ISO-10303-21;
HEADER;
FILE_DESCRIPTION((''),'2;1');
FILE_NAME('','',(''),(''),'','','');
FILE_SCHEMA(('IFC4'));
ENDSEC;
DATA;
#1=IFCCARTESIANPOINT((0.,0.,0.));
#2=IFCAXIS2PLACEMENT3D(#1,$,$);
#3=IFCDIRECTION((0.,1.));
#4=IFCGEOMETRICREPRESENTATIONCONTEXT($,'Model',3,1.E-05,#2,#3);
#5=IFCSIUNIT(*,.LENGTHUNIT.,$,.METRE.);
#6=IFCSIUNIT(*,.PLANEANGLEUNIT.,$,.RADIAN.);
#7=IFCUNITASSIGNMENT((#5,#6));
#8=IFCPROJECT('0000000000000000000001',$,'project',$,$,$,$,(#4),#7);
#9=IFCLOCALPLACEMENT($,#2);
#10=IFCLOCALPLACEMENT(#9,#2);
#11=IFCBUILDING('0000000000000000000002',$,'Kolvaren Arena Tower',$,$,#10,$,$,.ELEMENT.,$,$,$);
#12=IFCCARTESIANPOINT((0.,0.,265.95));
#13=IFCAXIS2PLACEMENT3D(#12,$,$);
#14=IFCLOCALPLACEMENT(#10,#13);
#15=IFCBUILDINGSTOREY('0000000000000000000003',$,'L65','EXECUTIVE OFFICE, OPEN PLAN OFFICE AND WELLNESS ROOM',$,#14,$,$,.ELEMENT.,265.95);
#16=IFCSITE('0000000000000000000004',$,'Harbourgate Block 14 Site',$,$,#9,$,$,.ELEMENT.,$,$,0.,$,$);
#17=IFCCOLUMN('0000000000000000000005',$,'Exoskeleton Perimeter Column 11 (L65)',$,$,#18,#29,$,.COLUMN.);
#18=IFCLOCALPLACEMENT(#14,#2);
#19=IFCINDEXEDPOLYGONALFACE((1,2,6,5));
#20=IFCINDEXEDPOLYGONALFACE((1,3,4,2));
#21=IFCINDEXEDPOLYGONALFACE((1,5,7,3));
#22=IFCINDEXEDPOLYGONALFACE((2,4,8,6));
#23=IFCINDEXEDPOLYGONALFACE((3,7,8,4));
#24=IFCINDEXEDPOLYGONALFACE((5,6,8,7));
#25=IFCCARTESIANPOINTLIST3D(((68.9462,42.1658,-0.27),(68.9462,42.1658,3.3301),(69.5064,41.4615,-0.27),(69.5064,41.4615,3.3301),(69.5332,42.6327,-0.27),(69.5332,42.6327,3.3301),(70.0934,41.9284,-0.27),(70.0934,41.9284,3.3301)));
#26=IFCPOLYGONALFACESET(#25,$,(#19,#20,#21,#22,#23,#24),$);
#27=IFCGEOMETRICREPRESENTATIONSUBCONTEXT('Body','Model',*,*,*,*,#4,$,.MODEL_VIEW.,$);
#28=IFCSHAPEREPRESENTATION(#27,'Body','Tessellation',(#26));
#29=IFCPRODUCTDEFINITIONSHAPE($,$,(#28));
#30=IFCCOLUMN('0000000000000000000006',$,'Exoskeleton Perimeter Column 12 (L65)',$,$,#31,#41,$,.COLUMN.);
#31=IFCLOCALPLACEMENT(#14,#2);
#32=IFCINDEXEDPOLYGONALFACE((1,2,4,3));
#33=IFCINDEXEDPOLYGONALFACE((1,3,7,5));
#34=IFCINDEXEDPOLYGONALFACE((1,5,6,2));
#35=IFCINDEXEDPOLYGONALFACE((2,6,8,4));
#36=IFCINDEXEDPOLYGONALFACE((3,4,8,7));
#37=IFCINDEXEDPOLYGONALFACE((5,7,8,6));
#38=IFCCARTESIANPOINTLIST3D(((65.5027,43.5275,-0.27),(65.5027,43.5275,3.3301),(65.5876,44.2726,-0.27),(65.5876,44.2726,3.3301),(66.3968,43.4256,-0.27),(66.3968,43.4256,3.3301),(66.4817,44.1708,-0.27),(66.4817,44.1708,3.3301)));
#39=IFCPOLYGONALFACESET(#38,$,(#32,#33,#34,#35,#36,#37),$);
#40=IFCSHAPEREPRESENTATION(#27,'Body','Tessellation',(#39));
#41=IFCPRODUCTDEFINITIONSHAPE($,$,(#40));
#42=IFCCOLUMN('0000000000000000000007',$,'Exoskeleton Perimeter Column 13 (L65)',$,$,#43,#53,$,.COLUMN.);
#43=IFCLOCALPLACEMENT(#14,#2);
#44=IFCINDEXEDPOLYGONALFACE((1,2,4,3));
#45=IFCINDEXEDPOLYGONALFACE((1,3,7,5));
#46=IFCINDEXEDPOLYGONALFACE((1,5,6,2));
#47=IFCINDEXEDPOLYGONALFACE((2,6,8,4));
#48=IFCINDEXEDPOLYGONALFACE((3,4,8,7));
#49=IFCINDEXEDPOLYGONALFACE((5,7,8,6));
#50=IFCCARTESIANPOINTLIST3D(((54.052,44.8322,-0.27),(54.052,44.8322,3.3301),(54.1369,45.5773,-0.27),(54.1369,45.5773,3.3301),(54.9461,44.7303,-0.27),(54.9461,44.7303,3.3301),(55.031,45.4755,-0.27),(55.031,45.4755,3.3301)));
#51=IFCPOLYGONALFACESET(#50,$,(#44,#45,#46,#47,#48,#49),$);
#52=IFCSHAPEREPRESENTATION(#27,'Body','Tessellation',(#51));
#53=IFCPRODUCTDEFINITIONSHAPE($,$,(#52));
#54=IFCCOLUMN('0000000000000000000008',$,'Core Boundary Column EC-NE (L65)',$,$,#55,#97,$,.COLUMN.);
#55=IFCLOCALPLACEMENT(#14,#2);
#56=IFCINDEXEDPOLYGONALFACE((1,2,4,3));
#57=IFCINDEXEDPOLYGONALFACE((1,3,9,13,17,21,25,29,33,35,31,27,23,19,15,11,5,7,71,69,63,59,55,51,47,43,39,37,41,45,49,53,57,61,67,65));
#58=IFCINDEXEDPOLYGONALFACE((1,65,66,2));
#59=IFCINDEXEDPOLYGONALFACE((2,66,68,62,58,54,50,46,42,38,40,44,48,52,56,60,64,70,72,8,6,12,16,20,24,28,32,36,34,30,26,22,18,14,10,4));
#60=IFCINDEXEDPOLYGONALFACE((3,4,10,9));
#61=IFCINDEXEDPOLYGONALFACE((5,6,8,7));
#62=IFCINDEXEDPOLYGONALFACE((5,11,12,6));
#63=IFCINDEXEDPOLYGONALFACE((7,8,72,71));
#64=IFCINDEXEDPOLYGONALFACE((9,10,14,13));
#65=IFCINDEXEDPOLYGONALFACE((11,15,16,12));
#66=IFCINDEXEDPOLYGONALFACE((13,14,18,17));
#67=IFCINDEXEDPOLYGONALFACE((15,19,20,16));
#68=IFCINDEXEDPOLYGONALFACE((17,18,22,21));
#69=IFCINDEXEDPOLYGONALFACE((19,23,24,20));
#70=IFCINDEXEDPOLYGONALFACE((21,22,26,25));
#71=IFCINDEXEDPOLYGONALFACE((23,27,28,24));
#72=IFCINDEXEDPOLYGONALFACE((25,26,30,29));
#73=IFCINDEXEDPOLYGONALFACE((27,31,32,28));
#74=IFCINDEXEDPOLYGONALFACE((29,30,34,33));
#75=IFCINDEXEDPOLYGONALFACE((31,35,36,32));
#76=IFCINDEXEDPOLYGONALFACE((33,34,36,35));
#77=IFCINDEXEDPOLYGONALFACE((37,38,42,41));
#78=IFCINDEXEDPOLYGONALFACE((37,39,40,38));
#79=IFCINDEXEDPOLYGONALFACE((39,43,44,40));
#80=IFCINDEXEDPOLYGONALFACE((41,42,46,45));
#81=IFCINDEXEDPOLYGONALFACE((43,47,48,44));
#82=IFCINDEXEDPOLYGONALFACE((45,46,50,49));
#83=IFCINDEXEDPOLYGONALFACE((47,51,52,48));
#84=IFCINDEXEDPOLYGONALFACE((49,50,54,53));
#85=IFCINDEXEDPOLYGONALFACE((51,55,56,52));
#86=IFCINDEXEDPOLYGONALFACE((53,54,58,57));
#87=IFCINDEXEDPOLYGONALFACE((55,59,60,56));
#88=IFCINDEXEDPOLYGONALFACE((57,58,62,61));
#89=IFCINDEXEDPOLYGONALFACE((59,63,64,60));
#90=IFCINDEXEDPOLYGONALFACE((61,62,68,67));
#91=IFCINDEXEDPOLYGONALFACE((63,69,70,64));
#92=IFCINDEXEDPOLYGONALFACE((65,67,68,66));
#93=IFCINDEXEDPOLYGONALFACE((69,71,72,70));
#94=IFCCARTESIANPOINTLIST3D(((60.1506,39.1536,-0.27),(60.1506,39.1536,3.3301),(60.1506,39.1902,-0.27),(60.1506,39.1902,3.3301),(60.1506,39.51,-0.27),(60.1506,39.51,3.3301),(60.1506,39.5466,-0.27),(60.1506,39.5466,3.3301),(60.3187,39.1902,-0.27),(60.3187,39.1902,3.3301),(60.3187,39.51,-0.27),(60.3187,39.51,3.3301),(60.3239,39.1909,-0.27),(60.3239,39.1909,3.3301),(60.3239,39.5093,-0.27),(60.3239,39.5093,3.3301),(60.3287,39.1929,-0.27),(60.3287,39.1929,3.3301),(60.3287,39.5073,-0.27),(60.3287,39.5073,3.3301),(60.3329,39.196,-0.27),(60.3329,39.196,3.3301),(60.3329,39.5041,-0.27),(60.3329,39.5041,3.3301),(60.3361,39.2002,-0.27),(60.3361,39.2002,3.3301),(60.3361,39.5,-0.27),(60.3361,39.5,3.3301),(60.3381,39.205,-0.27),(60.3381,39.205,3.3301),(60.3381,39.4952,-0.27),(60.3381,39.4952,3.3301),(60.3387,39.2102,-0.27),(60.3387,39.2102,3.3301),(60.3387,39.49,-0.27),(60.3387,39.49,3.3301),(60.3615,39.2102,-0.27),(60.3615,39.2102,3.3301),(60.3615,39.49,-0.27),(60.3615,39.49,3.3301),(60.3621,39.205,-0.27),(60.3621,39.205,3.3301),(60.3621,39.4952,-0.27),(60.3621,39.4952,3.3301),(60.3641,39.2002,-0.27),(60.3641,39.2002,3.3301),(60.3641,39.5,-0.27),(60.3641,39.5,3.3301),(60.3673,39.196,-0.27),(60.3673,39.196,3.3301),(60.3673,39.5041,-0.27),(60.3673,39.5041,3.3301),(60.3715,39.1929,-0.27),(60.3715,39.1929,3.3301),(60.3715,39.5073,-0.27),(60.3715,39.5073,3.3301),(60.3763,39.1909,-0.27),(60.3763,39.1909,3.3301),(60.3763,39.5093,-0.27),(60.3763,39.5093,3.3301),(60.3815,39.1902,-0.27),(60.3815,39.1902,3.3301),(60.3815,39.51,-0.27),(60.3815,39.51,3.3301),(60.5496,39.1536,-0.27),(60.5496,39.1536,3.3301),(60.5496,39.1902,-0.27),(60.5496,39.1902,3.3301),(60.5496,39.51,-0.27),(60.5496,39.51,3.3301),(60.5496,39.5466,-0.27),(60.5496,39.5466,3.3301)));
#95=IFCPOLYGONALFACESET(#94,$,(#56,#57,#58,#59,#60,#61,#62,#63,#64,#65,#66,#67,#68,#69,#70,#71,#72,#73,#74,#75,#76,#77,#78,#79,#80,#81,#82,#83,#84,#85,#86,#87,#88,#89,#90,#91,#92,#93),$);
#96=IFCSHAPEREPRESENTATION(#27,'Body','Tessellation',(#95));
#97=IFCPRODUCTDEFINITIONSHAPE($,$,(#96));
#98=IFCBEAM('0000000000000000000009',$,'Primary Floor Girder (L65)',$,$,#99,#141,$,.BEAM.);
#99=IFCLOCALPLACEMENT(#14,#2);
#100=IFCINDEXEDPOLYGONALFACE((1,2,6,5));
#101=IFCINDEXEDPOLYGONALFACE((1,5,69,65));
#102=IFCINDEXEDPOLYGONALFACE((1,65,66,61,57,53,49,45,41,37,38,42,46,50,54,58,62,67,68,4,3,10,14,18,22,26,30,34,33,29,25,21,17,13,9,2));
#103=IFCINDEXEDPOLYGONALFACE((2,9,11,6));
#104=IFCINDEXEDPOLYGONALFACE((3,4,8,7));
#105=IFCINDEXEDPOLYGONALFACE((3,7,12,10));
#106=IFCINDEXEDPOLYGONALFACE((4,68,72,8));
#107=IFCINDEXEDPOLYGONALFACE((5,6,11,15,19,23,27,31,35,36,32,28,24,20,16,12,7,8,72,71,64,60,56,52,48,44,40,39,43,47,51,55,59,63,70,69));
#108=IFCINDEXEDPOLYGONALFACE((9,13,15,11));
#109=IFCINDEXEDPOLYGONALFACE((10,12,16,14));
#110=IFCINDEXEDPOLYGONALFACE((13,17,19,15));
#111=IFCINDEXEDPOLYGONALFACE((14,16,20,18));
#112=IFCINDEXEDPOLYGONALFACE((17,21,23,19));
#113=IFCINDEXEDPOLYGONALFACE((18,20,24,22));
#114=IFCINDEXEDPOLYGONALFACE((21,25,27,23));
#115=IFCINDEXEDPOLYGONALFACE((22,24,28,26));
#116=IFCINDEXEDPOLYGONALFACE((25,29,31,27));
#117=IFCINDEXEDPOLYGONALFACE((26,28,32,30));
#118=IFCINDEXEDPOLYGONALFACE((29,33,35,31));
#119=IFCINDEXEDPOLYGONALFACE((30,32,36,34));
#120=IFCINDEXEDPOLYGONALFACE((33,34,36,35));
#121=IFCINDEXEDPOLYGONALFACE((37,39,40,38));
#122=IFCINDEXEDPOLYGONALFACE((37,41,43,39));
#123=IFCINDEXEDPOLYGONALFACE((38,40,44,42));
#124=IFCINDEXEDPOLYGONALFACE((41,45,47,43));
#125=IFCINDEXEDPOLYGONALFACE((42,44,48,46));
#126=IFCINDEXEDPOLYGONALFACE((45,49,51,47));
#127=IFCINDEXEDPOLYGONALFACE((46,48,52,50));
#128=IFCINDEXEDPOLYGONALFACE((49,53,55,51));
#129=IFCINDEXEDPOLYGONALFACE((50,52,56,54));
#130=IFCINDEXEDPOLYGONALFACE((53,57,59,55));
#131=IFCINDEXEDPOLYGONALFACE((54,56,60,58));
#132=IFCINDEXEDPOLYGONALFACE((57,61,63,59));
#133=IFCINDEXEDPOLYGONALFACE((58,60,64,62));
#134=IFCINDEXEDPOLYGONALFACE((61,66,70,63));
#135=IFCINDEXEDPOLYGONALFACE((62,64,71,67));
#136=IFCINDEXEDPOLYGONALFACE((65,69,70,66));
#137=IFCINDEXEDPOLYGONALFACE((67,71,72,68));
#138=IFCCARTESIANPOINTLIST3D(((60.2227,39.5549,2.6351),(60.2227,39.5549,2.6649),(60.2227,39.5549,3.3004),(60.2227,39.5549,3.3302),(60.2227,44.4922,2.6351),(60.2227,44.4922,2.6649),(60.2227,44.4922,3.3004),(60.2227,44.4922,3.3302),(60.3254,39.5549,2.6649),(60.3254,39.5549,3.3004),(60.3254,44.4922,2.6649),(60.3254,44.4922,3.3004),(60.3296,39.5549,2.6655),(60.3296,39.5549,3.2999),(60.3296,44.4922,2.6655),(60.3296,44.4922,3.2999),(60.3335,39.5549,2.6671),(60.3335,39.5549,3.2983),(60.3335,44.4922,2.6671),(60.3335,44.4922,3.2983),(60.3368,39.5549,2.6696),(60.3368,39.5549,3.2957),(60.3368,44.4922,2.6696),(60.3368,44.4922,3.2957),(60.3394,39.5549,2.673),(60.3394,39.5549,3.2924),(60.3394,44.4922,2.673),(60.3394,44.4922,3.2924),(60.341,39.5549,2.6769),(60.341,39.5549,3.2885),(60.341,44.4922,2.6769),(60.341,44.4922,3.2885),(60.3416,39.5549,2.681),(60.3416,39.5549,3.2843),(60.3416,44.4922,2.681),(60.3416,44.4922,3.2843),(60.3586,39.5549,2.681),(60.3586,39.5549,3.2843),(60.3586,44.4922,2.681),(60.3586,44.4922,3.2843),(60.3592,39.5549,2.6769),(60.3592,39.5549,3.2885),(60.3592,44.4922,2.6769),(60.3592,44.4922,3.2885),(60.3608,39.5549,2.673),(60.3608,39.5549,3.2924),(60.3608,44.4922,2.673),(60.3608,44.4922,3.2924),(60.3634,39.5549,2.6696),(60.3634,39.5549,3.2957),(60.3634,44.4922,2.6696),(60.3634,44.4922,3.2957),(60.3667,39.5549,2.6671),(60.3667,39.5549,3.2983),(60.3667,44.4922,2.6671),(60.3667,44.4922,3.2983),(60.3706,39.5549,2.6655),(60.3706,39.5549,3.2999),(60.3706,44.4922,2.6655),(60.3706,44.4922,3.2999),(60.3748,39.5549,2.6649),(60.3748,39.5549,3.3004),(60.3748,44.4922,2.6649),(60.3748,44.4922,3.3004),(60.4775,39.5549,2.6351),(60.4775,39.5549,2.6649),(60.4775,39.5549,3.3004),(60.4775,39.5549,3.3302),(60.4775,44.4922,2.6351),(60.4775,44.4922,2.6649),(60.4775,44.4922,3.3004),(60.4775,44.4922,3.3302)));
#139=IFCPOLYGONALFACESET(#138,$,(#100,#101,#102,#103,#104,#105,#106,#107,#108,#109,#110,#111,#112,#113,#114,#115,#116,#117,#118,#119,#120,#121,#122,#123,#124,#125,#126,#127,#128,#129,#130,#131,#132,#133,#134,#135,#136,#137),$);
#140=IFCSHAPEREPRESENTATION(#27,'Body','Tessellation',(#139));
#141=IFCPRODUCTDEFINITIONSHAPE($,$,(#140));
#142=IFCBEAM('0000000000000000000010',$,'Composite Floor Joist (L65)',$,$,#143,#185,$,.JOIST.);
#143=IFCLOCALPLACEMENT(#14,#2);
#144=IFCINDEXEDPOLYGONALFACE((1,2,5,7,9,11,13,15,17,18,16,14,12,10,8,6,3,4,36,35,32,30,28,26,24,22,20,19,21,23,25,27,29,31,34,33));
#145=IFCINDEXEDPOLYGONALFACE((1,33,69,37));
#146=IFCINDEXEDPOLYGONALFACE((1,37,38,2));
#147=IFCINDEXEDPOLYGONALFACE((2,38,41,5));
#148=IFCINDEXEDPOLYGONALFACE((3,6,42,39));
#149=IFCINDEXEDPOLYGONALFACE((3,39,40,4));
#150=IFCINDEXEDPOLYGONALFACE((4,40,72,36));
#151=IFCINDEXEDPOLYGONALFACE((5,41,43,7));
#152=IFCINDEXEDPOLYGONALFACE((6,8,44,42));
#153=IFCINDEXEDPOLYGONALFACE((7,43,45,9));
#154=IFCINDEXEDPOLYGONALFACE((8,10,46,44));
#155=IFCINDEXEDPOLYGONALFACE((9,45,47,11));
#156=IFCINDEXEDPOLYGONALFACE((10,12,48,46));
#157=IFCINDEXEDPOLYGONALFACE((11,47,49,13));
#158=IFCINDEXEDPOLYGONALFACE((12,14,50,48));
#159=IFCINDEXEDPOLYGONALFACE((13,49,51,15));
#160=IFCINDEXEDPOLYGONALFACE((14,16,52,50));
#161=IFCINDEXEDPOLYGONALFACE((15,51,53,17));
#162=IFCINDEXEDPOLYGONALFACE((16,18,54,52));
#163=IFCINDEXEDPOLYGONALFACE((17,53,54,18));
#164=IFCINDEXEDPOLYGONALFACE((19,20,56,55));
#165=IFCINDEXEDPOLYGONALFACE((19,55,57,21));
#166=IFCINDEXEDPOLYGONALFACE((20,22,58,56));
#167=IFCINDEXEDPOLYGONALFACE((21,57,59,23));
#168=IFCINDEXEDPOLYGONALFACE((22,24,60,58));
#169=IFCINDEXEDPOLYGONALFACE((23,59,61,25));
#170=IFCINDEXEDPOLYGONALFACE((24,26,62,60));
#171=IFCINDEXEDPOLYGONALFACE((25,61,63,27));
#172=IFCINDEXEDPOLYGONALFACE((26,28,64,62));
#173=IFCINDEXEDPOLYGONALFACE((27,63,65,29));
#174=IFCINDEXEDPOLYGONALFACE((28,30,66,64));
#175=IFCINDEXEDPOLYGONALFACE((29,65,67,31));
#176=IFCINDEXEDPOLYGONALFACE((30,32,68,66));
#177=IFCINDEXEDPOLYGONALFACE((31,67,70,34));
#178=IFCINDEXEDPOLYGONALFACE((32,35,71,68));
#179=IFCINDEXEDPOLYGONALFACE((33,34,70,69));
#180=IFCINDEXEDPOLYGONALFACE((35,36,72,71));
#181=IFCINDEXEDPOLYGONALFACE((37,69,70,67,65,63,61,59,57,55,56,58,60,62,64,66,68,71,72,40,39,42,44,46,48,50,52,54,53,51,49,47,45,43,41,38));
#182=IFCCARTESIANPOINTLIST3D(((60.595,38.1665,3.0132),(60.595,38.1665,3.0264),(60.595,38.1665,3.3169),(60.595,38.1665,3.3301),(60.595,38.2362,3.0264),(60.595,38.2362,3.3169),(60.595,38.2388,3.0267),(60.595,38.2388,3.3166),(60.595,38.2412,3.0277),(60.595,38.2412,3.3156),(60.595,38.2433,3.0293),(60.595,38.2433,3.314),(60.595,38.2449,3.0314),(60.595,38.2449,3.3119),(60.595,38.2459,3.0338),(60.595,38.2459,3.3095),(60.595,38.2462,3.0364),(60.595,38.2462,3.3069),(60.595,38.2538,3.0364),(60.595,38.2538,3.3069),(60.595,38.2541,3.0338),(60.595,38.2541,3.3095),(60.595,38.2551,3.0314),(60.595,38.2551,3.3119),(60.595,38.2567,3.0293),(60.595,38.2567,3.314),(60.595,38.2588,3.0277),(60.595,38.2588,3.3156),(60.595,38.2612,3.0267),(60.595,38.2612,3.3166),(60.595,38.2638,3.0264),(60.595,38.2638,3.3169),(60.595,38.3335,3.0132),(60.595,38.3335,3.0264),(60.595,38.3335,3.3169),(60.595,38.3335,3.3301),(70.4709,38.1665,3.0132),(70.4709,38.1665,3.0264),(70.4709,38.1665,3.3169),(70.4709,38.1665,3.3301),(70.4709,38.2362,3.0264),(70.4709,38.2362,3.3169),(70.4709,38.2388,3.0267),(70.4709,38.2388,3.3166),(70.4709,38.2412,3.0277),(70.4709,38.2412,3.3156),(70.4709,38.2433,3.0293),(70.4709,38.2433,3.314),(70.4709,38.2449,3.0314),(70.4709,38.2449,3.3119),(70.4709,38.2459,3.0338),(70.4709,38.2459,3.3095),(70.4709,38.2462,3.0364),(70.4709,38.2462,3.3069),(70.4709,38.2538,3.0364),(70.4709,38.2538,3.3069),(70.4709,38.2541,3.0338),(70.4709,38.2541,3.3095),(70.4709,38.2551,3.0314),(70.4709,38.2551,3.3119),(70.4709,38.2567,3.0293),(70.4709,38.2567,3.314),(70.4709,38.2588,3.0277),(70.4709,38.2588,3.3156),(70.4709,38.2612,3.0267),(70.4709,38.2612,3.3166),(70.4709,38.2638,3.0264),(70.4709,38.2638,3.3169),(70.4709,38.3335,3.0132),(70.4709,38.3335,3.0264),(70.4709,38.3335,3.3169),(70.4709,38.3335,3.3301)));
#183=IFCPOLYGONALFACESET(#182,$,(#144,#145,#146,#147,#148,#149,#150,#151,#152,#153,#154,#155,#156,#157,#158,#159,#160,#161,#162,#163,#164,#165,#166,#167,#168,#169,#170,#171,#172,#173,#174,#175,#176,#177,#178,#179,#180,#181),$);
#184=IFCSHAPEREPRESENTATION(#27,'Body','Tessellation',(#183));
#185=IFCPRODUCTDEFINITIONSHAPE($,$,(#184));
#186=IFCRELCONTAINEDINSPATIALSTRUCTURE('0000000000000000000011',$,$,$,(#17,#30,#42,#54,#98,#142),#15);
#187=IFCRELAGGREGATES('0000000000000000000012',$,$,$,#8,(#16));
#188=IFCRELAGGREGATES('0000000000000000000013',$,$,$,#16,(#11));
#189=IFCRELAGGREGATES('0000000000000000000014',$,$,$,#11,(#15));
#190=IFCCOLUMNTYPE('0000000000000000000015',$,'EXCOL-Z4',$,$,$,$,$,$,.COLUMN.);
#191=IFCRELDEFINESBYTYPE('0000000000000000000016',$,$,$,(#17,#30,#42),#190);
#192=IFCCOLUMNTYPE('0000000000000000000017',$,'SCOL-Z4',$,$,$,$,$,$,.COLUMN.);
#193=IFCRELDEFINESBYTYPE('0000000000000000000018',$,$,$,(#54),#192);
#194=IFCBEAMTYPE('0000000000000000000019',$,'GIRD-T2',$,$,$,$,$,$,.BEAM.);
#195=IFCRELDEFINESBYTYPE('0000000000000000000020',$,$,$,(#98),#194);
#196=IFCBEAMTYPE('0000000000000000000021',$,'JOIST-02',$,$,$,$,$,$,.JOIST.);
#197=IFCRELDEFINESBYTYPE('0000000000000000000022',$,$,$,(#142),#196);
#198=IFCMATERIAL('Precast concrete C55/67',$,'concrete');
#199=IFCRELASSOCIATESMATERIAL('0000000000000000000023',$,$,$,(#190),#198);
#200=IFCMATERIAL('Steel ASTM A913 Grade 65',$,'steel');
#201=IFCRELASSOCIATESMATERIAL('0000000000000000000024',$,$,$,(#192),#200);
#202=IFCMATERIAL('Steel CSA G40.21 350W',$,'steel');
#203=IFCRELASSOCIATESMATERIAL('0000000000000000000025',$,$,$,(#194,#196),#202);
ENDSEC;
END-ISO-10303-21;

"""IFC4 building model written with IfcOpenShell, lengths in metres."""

from ifc_helpers import new_model, si_unit, direction, frame, origin, origin_2d, place, context, subcontext, project, spatial, rectangle, i_section, extrude, material, material_profile, profile_set, type_object, element, save


model = new_model("IFC4")

# Units and contexts
model_context = context("Model", 3, precision=1e-05, world=origin(), true_north=direction((0.0, 1.0)))
body_context = subcontext(model_context, "Body", "Model", "MODEL_VIEW")
ifc_project = project(units=[si_unit("LENGTHUNIT", "METRE"), si_unit("PLANEANGLEUNIT", "RADIAN")], contexts=[model_context])

# Site, building, storey
site_placement = place(None, origin())
site = spatial("IfcSite", under=ifc_project, at=site_placement, Name="Harbourgate Block 14 Site", CompositionType="ELEMENT", RefElevation=0.0)
building_placement = place(site_placement, origin())
building = spatial("IfcBuilding", under=site, at=building_placement, Name="Kolvaren Arena Tower", CompositionType="ELEMENT")
storey_placement = place(building_placement, frame((0.0, 0.0, 265.95)))
storey = spatial("IfcBuildingStorey", under=building, at=storey_placement, Name="L65", Description="EXECUTIVE OFFICE, OPEN PLAN OFFICE AND WELLNESS ROOM", CompositionType="ELEMENT", Elevation=265.95)

# Columns
ifc_material_1 = material(Name="Precast concrete C55/67", Category="concrete")
ifc_material_profile_1 = material_profile(ifc_material_1, rectangle(XDim=0.8999, YDim=0.75, at=origin_2d()), Name="RC-900x750")
ifc_profile_set_1 = profile_set([ifc_material_profile_1], Name="Precast concrete C55/67")
column_type_1 = type_object("IfcColumnType", Name="EXCOL-Z4", PredefinedType="COLUMN", material=ifc_profile_set_1)
for number, where, z_axis, x_axis, name in (
    (1, (69.5198, 42.0471, -0.27), (0.0, 0.0, 1.0), (-0.622515, 0.782608, 0.0), "Exoskeleton Perimeter Column 11 (L65)"),
    (2, (65.9922, 43.8491, -0.27), (0.0, 0.0, 1.0), (0.993572, -0.113203, 0.0), "Exoskeleton Perimeter Column 12 (L65)"),
    (3, (54.5415, 45.1538, -0.27), (0.0, 0.0, 1.0), (0.993572, -0.113203, 0.0), "Exoskeleton Perimeter Column 13 (L65)"),
):
    element("IfcColumn", number, at=place(storey_placement, frame(where, z_axis=z_axis, x_axis=x_axis)), inside=storey, type_object=column_type_1, Name=name, PredefinedType="COLUMN", context=body_context, shape_type="SweptSolid", body=[
        extrude(rectangle(XDim=0.8999, YDim=0.75, at=origin_2d()), origin(), (0.0, 0.0, 1.0), 3.6001),
    ])
ifc_material_2 = material(Name="Steel ASTM A913 Grade 65", Category="steel")
ifc_material_profile_2 = material_profile(ifc_material_2, i_section(OverallWidth=0.3989, OverallDepth=0.3931, WebThickness=0.0227, FlangeThickness=0.0366, FilletRadius=0.02, at=origin_2d()), Name="W360x287")
ifc_profile_set_2 = profile_set([ifc_material_profile_2], Name="Steel ASTM A913 Grade 65")
column_type_2 = type_object("IfcColumnType", Name="SCOL-Z4", PredefinedType="COLUMN", material=ifc_profile_set_2)
column_placement = place(storey_placement, frame((60.3501, 39.3501, -0.27), z_axis=(0.0, 0.0, 1.0), x_axis=(1.0, 0.0, 0.0)))
element("IfcColumn", 4, at=column_placement, inside=storey, type_object=column_type_2, Name="Core Boundary Column EC-NE (L65)", PredefinedType="COLUMN", context=body_context, shape_type="SweptSolid", body=[
    extrude(i_section(OverallWidth=0.3989, OverallDepth=0.3931, WebThickness=0.0227, FlangeThickness=0.0366, FilletRadius=0.02, at=origin_2d()), origin(), (0.0, 0.0, 1.0), 3.6001),
])

# Beams
ifc_material_3 = material(Name="Steel CSA G40.21 350W", Category="steel")
ifc_material_profile_3 = material_profile(ifc_material_3, i_section(OverallWidth=0.2549, OverallDepth=0.6951, WebThickness=0.0171, FlangeThickness=0.0298, FilletRadius=0.0161, at=origin_2d()), Name="W690x217")
ifc_profile_set_3 = profile_set([ifc_material_profile_3], Name="Steel CSA G40.21 350W")
beam_type_1 = type_object("IfcBeamType", Name="GIRD-T2", PredefinedType="BEAM", material=ifc_profile_set_3)
beam_1_placement = place(storey_placement, frame((60.3501, 39.5549, 2.9827), z_axis=(0.0, 1.0, 0.0), x_axis=(-1.0, 0.0, 0.0)))
element("IfcBeam", 5, at=beam_1_placement, inside=storey, type_object=beam_type_1, Name="Primary Floor Girder (L65)", PredefinedType="BEAM", context=body_context, shape_type="SweptSolid", body=[
    extrude(i_section(OverallWidth=0.2549, OverallDepth=0.6951, WebThickness=0.0171, FlangeThickness=0.0298, FilletRadius=0.0161, at=origin_2d()), origin(), (0.0, 0.0, 1.0), 4.9373),
])
ifc_material_profile_4 = material_profile(ifc_material_3, i_section(OverallWidth=0.167, OverallDepth=0.3169, WebThickness=0.0076, FlangeThickness=0.0132, FilletRadius=0.01, at=origin_2d()), Name="W310x52")
ifc_profile_set_4 = profile_set([ifc_material_profile_4], Name="Steel CSA G40.21 350W")
beam_type_2 = type_object("IfcBeamType", Name="JOIST-02", PredefinedType="JOIST", material=ifc_profile_set_4)
beam_2_placement = place(storey_placement, frame((60.595, 38.25, 3.1716), z_axis=(1.0, 0.0, 0.0), x_axis=(0.0, 1.0, 0.0)))
element("IfcBeam", 6, at=beam_2_placement, inside=storey, type_object=beam_type_2, Name="Composite Floor Joist (L65)", PredefinedType="JOIST", context=body_context, shape_type="SweptSolid", body=[
    extrude(i_section(OverallWidth=0.167, OverallDepth=0.3169, WebThickness=0.0076, FlangeThickness=0.0132, FilletRadius=0.01, at=origin_2d()), origin(), (0.0, 0.0, 1.0), 9.876),
])

save(model, "model.ifc")
